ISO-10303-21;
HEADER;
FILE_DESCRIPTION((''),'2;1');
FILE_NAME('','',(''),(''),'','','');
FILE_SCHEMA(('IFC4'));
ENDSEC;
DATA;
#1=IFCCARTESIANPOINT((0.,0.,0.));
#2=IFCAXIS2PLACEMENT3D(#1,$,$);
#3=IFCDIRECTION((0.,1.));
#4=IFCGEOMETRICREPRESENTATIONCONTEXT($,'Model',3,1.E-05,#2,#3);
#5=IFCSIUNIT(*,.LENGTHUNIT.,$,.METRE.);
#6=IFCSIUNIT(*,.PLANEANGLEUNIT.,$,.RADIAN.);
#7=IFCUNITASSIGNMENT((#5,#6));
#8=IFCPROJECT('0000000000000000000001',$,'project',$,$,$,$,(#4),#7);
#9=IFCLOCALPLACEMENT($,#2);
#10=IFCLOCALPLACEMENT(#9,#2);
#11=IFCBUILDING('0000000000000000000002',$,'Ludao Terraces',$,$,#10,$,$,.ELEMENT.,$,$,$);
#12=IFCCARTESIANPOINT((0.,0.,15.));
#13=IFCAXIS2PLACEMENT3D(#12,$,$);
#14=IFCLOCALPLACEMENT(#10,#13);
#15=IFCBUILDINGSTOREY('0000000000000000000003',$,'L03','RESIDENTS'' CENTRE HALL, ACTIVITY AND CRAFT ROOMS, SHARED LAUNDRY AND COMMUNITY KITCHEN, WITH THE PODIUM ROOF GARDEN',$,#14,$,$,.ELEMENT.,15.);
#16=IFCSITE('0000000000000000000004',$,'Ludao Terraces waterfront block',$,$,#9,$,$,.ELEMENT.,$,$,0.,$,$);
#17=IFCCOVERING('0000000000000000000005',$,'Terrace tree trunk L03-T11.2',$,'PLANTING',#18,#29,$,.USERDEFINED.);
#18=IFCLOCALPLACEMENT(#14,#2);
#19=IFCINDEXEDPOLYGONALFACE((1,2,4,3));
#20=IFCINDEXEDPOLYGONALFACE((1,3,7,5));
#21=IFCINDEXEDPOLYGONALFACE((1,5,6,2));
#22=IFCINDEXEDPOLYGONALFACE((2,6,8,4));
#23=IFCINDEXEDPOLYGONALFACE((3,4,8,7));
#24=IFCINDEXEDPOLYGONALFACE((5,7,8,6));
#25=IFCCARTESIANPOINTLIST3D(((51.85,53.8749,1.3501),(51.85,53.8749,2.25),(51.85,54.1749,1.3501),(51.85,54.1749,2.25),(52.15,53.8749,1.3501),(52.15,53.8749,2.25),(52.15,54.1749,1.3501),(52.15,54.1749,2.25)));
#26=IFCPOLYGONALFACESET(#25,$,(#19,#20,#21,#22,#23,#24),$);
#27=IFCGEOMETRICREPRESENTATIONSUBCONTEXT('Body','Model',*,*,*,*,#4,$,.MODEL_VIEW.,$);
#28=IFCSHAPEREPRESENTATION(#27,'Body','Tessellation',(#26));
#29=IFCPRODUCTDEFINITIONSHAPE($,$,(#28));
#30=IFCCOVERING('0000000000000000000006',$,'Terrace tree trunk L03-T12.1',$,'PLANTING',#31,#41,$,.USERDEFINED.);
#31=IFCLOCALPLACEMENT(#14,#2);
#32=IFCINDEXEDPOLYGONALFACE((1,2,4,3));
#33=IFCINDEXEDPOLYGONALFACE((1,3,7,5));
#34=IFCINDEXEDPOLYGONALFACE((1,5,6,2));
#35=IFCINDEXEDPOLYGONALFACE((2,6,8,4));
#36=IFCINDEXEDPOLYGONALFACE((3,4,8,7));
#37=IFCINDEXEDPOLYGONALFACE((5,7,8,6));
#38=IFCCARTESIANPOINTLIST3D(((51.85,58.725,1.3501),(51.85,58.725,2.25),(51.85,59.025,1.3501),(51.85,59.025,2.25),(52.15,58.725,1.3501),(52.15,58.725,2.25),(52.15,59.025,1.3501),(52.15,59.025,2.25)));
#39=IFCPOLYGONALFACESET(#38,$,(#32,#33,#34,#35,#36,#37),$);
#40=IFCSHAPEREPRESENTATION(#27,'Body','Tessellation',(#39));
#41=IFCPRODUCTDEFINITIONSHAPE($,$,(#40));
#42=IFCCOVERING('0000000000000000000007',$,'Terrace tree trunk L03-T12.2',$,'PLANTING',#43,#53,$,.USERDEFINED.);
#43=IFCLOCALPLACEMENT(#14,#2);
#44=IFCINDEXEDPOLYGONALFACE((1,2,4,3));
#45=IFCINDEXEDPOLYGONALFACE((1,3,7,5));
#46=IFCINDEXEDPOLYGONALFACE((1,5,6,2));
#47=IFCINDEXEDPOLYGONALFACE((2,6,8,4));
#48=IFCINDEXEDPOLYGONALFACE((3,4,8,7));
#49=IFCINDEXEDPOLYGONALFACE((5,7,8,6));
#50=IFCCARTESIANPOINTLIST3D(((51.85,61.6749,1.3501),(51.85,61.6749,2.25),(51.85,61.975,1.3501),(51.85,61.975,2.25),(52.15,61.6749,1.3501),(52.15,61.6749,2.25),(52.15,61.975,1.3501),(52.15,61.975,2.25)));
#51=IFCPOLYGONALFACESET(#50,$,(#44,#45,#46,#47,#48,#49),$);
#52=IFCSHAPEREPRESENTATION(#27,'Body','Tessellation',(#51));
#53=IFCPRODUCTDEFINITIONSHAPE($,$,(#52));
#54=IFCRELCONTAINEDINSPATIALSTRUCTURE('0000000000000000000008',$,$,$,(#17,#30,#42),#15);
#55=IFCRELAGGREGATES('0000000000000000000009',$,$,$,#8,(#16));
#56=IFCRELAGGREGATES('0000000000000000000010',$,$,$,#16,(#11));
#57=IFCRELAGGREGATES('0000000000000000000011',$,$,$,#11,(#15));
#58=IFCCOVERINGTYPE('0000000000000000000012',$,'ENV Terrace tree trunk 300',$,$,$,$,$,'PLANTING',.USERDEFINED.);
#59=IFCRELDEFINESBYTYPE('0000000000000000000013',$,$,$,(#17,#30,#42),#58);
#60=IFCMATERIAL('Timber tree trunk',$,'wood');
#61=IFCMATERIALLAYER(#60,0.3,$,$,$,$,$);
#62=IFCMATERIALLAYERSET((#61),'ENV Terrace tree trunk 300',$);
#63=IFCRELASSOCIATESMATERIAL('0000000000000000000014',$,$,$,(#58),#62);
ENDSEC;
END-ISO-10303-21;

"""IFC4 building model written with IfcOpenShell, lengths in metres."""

from ifc_helpers import new_model, si_unit, direction, frame, origin, origin_2d, place, context, subcontext, project, spatial, rectangle, extrude, material, layer, layer_set, type_object, element, save


model = new_model("IFC4")

# Units and contexts
model_context = context("Model", 3, precision=1e-05, world=origin(), true_north=direction((0.0, 1.0)))
body_context = subcontext(model_context, "Body", "Model", "MODEL_VIEW")
ifc_project = project(units=[si_unit("LENGTHUNIT", "METRE"), si_unit("PLANEANGLEUNIT", "RADIAN")], contexts=[model_context])

# Site, building, storey
site_placement = place(None, origin())
site = spatial("IfcSite", under=ifc_project, at=site_placement, Name="Ludao Terraces waterfront block", CompositionType="ELEMENT", RefElevation=0.0)
building_placement = place(site_placement, origin())
building = spatial("IfcBuilding", under=site, at=building_placement, Name="Ludao Terraces", CompositionType="ELEMENT")
storey_placement = place(building_placement, frame((0.0, 0.0, 15.0)))
storey = spatial("IfcBuildingStorey", under=building, at=storey_placement, Name="L03", Description="RESIDENTS' CENTRE HALL, ACTIVITY AND CRAFT ROOMS, SHARED LAUNDRY AND COMMUNITY KITCHEN, WITH THE PODIUM ROOF GARDEN", CompositionType="ELEMENT", Elevation=15.0)

# Coverings
ifc_material_1 = material(Name="Timber tree trunk", Category="wood")
ifc_layer_1 = layer(ifc_material_1, 0.3)
ifc_layer_set_1 = layer_set([ifc_layer_1], Name="ENV Terrace tree trunk 300")
covering_type_1 = type_object("IfcCoveringType", Name="ENV Terrace tree trunk 300", ElementType="PLANTING", PredefinedType="USERDEFINED", material=ifc_layer_set_1)
for number, where, z_axis, x_axis, name in (
    (1, (52.0, 54.0249, 1.3501), (0.0, 0.0, 1.0), (1.0, 0.0, 0.0), "Terrace tree trunk L03-T11.2"),
    (2, (52.0, 58.875, 1.3501), (0.0, 0.0, 1.0), (1.0, 0.0, 0.0), "Terrace tree trunk L03-T12.1"),
    (3, (52.0, 61.825, 1.3501), (0.0, 0.0, 1.0), (1.0, 0.0, 0.0), "Terrace tree trunk L03-T12.2"),
):
    element("IfcCovering", number, at=place(storey_placement, frame(where, z_axis=z_axis, x_axis=x_axis)), inside=storey, type_object=covering_type_1, Name=name, ObjectType="PLANTING", PredefinedType="USERDEFINED", context=body_context, shape_type="SweptSolid", body=[
        extrude(rectangle(XDim=0.3, YDim=0.3, at=origin_2d()), origin(), (0.0, 0.0, 1.0), 0.8999),
    ])

save(model, "model.ifc")
